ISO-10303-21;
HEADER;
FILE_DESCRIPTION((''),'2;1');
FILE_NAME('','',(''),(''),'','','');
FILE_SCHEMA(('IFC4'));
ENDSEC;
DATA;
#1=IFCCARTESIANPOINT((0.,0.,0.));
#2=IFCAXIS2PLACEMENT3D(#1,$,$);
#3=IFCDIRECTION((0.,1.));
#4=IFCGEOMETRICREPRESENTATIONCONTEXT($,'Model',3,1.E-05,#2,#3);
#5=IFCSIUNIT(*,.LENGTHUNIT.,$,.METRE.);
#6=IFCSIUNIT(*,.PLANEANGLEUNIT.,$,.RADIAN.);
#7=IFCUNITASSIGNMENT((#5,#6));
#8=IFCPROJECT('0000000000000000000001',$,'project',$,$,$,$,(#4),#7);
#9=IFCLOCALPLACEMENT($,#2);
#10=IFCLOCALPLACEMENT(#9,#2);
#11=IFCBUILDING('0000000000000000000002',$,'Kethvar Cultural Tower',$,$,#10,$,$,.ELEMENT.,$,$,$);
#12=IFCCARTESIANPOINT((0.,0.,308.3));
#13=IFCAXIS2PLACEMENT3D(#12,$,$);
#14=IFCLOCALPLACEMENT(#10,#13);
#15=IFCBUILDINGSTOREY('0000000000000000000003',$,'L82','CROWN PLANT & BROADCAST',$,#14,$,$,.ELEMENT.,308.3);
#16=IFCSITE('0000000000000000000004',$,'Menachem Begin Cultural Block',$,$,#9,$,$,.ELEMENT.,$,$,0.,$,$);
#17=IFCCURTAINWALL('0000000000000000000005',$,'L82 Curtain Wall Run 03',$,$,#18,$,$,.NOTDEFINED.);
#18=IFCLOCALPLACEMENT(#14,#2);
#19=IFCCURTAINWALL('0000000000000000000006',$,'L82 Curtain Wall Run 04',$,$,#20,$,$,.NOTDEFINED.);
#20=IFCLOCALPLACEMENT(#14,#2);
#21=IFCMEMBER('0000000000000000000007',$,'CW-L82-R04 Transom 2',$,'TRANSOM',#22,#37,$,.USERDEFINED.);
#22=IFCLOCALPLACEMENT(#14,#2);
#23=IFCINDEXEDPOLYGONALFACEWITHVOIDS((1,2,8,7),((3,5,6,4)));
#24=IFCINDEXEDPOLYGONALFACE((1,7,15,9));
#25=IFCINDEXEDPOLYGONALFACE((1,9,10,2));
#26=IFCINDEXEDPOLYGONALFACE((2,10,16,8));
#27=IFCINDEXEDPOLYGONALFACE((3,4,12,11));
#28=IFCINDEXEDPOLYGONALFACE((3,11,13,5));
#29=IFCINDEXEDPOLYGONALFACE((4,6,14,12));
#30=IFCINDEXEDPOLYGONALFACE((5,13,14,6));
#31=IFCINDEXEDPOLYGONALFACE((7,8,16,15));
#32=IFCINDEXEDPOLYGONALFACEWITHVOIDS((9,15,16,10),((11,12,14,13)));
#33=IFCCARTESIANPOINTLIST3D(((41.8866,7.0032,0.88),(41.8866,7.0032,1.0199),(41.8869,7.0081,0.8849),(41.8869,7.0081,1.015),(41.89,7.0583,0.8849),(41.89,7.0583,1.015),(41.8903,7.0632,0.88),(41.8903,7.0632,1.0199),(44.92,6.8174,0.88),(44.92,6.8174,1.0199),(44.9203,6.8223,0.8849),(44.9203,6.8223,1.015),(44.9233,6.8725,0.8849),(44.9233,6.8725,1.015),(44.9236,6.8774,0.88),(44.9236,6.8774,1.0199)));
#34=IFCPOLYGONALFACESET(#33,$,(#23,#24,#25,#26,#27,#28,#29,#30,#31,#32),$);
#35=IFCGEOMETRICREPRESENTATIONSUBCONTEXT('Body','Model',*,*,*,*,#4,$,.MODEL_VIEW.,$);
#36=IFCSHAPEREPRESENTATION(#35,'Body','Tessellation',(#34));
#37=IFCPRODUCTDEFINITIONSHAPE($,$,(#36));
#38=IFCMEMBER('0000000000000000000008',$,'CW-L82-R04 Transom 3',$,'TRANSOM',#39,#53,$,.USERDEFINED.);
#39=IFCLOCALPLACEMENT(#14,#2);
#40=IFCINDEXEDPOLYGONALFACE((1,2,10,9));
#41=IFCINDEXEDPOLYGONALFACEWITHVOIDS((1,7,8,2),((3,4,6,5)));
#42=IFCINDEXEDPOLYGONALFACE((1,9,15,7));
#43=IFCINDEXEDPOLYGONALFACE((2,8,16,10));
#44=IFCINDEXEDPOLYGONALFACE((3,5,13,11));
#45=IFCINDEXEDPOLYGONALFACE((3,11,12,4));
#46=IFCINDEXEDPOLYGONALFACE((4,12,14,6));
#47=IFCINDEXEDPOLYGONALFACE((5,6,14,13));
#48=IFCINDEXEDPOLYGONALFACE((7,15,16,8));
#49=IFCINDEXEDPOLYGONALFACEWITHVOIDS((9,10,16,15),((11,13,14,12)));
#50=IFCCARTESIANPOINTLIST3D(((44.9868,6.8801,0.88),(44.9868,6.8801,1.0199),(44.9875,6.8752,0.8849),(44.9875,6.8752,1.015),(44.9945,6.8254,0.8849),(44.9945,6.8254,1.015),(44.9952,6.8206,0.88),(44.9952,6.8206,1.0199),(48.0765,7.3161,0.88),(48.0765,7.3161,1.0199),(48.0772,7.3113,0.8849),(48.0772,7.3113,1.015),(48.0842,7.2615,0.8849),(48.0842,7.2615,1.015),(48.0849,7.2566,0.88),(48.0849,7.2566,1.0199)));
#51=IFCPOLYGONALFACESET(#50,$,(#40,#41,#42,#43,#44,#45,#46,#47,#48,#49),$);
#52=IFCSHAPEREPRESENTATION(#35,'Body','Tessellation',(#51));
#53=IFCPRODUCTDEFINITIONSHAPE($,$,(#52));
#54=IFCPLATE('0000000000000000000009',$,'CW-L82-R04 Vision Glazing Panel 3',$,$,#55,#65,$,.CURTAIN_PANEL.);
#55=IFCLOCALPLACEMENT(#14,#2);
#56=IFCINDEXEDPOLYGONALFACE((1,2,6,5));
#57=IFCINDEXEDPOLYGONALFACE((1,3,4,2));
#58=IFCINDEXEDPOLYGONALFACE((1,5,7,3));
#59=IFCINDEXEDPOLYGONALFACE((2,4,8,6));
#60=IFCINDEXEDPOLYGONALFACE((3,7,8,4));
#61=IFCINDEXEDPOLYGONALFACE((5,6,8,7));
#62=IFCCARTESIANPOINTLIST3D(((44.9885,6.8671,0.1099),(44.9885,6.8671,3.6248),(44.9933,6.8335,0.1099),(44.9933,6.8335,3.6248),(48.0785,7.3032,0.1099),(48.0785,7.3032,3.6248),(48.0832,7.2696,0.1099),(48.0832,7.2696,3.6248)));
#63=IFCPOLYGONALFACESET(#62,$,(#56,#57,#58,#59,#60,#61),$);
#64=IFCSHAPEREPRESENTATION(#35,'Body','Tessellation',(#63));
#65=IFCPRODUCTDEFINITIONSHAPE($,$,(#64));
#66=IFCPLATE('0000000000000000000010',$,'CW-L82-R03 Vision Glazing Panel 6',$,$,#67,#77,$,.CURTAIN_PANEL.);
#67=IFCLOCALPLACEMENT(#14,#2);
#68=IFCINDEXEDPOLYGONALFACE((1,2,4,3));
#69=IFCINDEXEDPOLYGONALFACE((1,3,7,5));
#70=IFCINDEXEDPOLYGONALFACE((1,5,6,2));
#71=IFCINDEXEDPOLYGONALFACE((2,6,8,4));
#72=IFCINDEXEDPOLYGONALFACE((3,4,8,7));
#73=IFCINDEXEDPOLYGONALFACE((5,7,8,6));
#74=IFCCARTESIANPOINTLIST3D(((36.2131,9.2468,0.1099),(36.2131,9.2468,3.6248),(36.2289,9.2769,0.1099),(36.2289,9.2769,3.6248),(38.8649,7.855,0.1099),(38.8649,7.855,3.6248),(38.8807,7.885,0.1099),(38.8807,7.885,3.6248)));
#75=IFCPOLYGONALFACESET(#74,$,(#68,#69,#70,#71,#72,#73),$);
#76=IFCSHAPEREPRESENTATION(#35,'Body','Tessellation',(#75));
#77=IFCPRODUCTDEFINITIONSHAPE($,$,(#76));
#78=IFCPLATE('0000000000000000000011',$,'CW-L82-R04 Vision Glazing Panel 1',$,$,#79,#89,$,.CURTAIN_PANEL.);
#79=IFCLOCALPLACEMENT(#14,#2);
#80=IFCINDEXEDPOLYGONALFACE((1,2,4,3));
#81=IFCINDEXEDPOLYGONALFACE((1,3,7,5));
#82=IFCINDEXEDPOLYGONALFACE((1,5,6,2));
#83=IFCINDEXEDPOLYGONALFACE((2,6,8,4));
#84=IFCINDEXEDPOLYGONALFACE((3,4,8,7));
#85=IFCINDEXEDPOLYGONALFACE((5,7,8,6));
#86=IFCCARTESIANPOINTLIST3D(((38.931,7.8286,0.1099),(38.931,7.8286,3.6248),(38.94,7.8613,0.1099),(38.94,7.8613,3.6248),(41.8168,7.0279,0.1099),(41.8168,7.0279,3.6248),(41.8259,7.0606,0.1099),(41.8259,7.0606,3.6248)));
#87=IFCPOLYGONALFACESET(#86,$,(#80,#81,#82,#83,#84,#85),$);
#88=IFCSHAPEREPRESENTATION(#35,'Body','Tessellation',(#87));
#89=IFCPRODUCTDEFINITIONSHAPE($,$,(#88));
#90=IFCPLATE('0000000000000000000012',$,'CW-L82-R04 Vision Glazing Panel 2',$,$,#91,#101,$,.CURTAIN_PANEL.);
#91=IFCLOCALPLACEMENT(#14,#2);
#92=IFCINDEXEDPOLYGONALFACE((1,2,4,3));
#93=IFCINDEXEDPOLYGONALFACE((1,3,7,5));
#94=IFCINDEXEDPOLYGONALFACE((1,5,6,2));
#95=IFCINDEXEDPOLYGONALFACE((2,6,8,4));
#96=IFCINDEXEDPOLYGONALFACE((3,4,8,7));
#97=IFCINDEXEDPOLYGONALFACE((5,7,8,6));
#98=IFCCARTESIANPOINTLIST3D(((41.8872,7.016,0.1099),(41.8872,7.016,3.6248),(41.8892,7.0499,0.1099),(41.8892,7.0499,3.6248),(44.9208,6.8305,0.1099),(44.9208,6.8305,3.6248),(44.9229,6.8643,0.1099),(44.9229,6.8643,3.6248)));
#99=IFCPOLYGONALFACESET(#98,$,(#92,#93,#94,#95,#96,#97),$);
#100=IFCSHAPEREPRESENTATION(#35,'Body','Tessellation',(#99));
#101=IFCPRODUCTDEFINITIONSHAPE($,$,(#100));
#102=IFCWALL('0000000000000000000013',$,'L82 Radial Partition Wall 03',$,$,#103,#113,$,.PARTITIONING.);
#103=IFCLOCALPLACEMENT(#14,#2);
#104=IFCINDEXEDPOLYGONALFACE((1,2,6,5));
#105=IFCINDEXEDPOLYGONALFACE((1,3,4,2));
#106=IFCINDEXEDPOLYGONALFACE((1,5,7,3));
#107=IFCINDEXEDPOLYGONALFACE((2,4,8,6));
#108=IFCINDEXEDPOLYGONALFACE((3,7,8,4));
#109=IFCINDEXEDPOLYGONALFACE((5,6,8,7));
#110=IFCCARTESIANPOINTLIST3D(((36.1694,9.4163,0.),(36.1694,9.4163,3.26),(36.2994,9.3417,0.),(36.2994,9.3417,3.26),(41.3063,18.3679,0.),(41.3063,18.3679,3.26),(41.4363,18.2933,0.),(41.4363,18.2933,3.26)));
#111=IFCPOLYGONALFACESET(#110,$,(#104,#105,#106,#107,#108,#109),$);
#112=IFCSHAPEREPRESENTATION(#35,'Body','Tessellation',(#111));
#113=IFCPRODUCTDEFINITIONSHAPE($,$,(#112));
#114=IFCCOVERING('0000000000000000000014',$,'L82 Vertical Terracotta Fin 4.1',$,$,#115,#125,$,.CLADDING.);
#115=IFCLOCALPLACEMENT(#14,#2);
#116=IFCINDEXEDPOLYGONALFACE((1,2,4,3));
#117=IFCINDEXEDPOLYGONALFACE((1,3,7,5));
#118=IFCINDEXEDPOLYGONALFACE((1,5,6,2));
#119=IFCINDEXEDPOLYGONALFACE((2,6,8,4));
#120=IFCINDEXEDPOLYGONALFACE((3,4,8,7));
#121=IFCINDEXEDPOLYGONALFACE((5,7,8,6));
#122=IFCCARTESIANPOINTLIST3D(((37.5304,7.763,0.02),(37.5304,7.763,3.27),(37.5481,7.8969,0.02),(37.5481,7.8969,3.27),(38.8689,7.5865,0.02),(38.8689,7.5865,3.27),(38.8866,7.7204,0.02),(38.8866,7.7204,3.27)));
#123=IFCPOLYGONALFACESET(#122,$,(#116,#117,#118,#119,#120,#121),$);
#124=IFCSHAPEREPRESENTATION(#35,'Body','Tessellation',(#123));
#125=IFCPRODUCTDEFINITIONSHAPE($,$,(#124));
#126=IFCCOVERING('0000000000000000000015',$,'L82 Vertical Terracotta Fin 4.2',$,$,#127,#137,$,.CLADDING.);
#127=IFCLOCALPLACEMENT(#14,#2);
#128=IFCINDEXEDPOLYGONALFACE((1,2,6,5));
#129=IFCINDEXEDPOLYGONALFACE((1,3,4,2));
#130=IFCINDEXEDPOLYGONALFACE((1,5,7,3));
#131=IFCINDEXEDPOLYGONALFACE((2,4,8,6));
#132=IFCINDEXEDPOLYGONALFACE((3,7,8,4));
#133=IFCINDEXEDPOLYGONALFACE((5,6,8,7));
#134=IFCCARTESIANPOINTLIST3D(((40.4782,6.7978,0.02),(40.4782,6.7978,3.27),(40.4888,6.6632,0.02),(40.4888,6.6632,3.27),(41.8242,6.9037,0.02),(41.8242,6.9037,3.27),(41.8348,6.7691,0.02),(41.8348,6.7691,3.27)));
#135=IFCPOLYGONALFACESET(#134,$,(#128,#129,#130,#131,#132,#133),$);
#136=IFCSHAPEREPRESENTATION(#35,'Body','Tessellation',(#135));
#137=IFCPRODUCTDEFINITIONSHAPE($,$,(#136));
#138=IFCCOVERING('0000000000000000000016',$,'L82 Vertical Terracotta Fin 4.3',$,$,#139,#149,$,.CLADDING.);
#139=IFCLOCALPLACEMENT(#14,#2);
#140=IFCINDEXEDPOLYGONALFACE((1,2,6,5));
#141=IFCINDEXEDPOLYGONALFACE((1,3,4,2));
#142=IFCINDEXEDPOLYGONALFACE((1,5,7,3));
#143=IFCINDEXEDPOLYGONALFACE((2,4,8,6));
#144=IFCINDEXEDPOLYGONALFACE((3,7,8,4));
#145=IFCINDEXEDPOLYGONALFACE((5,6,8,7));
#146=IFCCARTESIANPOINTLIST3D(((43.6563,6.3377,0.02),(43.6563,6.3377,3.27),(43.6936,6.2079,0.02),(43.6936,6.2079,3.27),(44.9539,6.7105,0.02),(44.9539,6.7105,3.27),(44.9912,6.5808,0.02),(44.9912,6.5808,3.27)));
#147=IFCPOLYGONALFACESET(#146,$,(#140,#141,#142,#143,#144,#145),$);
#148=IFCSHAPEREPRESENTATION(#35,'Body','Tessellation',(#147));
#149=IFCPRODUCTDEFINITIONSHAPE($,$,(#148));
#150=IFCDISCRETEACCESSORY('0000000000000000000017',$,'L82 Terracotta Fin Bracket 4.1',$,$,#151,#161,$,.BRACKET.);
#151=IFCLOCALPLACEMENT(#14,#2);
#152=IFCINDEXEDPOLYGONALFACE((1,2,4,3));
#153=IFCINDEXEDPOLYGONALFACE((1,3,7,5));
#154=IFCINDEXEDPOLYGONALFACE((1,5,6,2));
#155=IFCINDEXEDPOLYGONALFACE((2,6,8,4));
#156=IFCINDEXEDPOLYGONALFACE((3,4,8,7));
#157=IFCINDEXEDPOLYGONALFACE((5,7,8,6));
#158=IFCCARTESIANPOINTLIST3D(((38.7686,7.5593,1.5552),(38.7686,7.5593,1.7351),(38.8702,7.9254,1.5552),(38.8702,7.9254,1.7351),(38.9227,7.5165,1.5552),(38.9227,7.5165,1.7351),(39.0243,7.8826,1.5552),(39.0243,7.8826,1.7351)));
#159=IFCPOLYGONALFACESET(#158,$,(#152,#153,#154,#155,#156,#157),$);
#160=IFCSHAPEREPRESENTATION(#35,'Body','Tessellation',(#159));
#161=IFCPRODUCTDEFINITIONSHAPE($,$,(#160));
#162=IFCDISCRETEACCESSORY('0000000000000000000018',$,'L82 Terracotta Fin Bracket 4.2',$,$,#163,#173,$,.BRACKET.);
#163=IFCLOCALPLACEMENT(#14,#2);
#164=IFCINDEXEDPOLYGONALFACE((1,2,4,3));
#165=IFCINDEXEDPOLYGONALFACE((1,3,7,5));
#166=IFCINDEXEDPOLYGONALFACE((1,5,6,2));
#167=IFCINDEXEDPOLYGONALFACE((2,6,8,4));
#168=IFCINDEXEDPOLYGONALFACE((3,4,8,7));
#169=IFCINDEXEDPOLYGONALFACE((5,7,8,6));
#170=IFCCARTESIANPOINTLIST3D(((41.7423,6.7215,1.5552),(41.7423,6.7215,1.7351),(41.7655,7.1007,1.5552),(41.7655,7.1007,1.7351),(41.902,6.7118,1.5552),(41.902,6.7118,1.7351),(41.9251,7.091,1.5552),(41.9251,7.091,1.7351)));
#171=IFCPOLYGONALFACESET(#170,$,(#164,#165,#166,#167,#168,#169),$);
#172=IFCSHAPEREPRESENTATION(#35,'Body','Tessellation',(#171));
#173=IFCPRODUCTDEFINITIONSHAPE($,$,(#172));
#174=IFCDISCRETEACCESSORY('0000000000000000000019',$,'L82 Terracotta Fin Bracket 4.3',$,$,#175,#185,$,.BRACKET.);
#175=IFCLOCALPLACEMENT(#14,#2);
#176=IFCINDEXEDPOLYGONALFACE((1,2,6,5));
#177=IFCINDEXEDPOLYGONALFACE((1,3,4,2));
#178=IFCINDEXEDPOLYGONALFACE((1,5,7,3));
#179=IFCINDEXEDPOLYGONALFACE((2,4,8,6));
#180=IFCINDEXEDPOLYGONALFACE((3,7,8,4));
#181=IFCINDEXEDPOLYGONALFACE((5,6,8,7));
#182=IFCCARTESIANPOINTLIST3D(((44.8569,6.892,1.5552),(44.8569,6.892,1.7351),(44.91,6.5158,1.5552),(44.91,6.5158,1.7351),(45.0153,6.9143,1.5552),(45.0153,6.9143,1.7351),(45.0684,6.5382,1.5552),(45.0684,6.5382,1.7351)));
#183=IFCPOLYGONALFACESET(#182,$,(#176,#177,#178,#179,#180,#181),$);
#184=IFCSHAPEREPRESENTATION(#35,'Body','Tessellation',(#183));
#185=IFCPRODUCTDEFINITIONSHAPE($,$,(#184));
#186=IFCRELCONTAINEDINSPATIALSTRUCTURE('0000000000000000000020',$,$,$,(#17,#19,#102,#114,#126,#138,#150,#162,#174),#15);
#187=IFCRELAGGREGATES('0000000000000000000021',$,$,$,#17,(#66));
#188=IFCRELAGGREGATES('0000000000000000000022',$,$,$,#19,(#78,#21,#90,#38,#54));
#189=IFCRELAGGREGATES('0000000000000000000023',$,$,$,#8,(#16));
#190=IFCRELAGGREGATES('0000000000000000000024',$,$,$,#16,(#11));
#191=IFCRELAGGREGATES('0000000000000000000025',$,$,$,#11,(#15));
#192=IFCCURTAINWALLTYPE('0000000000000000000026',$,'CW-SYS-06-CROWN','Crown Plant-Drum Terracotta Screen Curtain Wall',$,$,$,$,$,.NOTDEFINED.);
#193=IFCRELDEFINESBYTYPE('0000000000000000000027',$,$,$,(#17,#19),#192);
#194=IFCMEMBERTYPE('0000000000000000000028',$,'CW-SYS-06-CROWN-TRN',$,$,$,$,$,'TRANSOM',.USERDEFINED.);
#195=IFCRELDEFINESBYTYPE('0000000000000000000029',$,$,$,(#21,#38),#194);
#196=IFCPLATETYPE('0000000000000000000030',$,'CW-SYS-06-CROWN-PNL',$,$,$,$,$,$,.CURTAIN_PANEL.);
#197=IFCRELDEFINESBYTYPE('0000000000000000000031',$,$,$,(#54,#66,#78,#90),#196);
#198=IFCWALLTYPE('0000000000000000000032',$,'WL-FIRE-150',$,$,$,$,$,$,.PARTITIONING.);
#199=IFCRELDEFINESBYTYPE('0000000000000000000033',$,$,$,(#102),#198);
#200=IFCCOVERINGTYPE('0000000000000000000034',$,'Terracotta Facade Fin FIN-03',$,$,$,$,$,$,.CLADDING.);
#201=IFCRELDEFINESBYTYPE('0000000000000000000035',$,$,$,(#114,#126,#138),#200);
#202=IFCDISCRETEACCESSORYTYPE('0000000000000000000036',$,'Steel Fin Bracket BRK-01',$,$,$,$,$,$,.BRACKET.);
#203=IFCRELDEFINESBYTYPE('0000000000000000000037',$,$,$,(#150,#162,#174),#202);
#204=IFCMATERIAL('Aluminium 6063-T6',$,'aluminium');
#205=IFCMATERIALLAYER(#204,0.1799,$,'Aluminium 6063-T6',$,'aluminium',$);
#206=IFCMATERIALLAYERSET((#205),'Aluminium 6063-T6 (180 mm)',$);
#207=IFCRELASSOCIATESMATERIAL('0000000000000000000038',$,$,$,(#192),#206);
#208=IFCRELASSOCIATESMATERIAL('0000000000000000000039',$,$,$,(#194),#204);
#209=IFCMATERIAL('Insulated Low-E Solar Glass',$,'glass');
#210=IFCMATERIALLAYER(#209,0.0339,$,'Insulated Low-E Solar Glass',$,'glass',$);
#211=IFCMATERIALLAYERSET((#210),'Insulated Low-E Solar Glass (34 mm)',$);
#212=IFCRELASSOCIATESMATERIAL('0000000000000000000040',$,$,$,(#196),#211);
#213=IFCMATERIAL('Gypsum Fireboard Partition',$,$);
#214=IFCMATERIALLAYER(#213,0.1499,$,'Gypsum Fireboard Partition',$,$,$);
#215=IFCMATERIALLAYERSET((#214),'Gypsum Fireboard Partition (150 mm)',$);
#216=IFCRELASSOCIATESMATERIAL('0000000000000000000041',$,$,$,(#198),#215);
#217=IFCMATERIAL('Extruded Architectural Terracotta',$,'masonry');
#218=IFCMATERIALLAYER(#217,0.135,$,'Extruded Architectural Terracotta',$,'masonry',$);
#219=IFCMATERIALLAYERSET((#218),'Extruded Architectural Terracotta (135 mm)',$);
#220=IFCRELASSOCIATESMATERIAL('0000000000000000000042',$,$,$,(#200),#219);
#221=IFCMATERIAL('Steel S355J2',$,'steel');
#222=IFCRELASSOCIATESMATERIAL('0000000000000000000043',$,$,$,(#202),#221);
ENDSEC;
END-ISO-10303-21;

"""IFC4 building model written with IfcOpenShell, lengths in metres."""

from ifc_helpers import new_model, si_unit, direction, frame, frame_2d, origin, origin_2d, place, context, subcontext, project, spatial, rectangle, hollow_rectangle, extrude, source, transform, mapped, material, layer, layer_set, material_profile, profile_set, type_object, element, aggregate, save


model = new_model("IFC4")

# Units and contexts
model_context = context("Model", 3, precision=1e-05, world=origin(), true_north=direction((0.0, 1.0)))
body_context = subcontext(model_context, "Body", "Model", "MODEL_VIEW")
ifc_project = project(units=[si_unit("LENGTHUNIT", "METRE"), si_unit("PLANEANGLEUNIT", "RADIAN")], contexts=[model_context])

# Site, building, storey
site_placement = place(None, origin())
site = spatial("IfcSite", under=ifc_project, at=site_placement, Name="Menachem Begin Cultural Block", CompositionType="ELEMENT", RefElevation=0.0)
building_placement = place(site_placement, origin())
building = spatial("IfcBuilding", under=site, at=building_placement, Name="Kethvar Cultural Tower", CompositionType="ELEMENT")
storey_placement = place(building_placement, frame((0.0, 0.0, 308.3)))
storey = spatial("IfcBuildingStorey", under=building, at=storey_placement, Name="L82", Description="CROWN PLANT & BROADCAST", CompositionType="ELEMENT", Elevation=308.3)

# Shared definitions
ifc_material_1 = material(Name="Steel S355J2", Category="steel")

# Curtain wall
ifc_material_2 = material(Name="Aluminium 6063-T6", Category="aluminium")
ifc_layer_1 = layer(ifc_material_2, 0.1799, Name="Aluminium 6063-T6", Category="aluminium")
ifc_layer_set_1 = layer_set([ifc_layer_1], Name="Aluminium 6063-T6 (180 mm)")
curtain_wall_type = type_object("IfcCurtainWallType", Name="CW-SYS-06-CROWN", Description="Crown Plant-Drum Terracotta Screen Curtain Wall", PredefinedType="NOTDEFINED", material=ifc_layer_set_1)
curtain_wall_1_placement = place(storey_placement, origin())
curtain_wall_1 = element("IfcCurtainWall", 1, at=curtain_wall_1_placement, inside=storey, type_object=curtain_wall_type, Name="L82 Curtain Wall Run 03", PredefinedType="NOTDEFINED")

# Curtain wall, members, plate
curtain_wall_2_placement = place(storey_placement, origin())
curtain_wall_2 = element("IfcCurtainWall", 2, at=curtain_wall_2_placement, inside=storey, type_object=curtain_wall_type, Name="L82 Curtain Wall Run 04", PredefinedType="NOTDEFINED")
ifc_material_profile_1 = material_profile(ifc_material_2, hollow_rectangle(XDim=0.0601, YDim=0.1399, WallThickness=0.0049, at=origin_2d()), Name="Aluminium 6063-T6 — RHS140x60x5")
ifc_profile_set_1 = profile_set([ifc_material_profile_1], Name="Aluminium 6063-T6 — RHS140x60x5")
member_type_1 = type_object("IfcMemberType", Name="CW-SYS-06-CROWN-TRN", ElementType="TRANSOM", PredefinedType="USERDEFINED", material=ifc_profile_set_1)
shared_shape_1 = source(origin(), body_context, "Body", "SweptSolid", [
    extrude(hollow_rectangle(XDim=0.0601, YDim=0.1399, WallThickness=0.0049, at=origin_2d()), origin(), (0.0, 0.0, 1.0), 3.0391),
])
member_1_placement = place(storey_placement, frame((41.8884, 7.0332, 0.95), z_axis=(0.99813, -0.061133, 0.0), x_axis=(0.061133, 0.99813, 0.0)))
member_1 = element("IfcMember", 3, at=member_1_placement, type_object=member_type_1, Name="CW-L82-R04 Transom 2", ObjectType="TRANSOM", PredefinedType="USERDEFINED", context=body_context, shape_type="MappedRepresentation", body=[
    mapped(shared_shape_1, transform((0.0, 0.0, 0.0), scale=1.0)),
])
shared_shape_2 = source(origin(), body_context, "Body", "SweptSolid", [
    extrude(hollow_rectangle(XDim=0.0601, YDim=0.1399, WallThickness=0.0049, at=origin_2d()), origin(), (0.0, 0.0, 1.0), 3.1204),
])
member_2_placement = place(storey_placement, frame((44.991, 6.8503, 0.95), z_axis=(0.990189, 0.139734, 0.0), x_axis=(-0.139734, 0.990189, 0.0)))
member_2 = element("IfcMember", 4, at=member_2_placement, type_object=member_type_1, Name="CW-L82-R04 Transom 3", ObjectType="TRANSOM", PredefinedType="USERDEFINED", context=body_context, shape_type="MappedRepresentation", body=[
    mapped(shared_shape_2, transform((0.0, 0.0, 0.0), scale=1.0)),
])
ifc_material_3 = material(Name="Insulated Low-E Solar Glass", Category="glass")
ifc_layer_2 = layer(ifc_material_3, 0.0339, Name="Insulated Low-E Solar Glass", Category="glass")
ifc_layer_set_2 = layer_set([ifc_layer_2], Name="Insulated Low-E Solar Glass (34 mm)")
plate_type = type_object("IfcPlateType", Name="CW-SYS-06-CROWN-PNL", PredefinedType="CURTAIN_PANEL", material=ifc_layer_set_2)
shared_shape_3 = source(origin(), body_context, "Body", "SweptSolid", [
    extrude(rectangle(XDim=3.1206, YDim=0.0339, at=origin_2d()), origin(), (0.0, 0.0, 1.0), 3.5149),
])
plate_1_placement = place(storey_placement, frame((46.5359, 7.0684, 0.1099), z_axis=(0.0, 0.0, 1.0), x_axis=(0.990185, 0.139761, 0.0)))
plate_1 = element("IfcPlate", 5, at=plate_1_placement, type_object=plate_type, Name="CW-L82-R04 Vision Glazing Panel 3", PredefinedType="CURTAIN_PANEL", context=body_context, shape_type="MappedRepresentation", body=[
    mapped(shared_shape_3, transform((0.0, 0.0, 0.0), scale=1.0)),
])

# Plates
shared_shape_4 = source(origin(), body_context, "Body", "SweptSolid", [
    extrude(rectangle(XDim=2.9949, YDim=0.0339, at=origin_2d()), origin(), (0.0, 0.0, 1.0), 3.5149),
])
plate_2_placement = place(storey_placement, frame((37.5469, 8.5659, 0.1099), z_axis=(0.0, 0.0, 1.0), x_axis=(0.88545, -0.464734, 0.0)))
plate_2 = element("IfcPlate", 6, at=plate_2_placement, type_object=plate_type, Name="CW-L82-R03 Vision Glazing Panel 6", PredefinedType="CURTAIN_PANEL", context=body_context, shape_type="MappedRepresentation", body=[
    mapped(shared_shape_4, transform((0.0, 0.0, 0.0), scale=1.0)),
])
aggregate(curtain_wall_1, [plate_2])
plate_3_placement = place(storey_placement, frame((40.3784, 7.4446, 0.1099), z_axis=(0.0, 0.0, 1.0), x_axis=(0.963598, -0.267356, 0.0)))
plate_3 = element("IfcPlate", 7, at=plate_3_placement, type_object=plate_type, Name="CW-L82-R04 Vision Glazing Panel 1", PredefinedType="CURTAIN_PANEL", context=body_context, shape_type="MappedRepresentation", body=[
    mapped(shared_shape_4, transform((0.0, 0.0, 0.0), scale=1.0)),
])
shared_shape_5 = source(origin(), body_context, "Body", "SweptSolid", [
    extrude(rectangle(XDim=3.0393, YDim=0.0339, at=origin_2d()), origin(), (0.0, 0.0, 1.0), 3.5149),
])
plate_4_placement = place(storey_placement, frame((43.405, 6.9402, 0.1099), z_axis=(0.0, 0.0, 1.0), x_axis=(0.998134, -0.061066, 0.0)))
plate_4 = element("IfcPlate", 8, at=plate_4_placement, type_object=plate_type, Name="CW-L82-R04 Vision Glazing Panel 2", PredefinedType="CURTAIN_PANEL", context=body_context, shape_type="MappedRepresentation", body=[
    mapped(shared_shape_5, transform((0.0, 0.0, 0.0), scale=1.0)),
])
aggregate(curtain_wall_2, [plate_3, member_1, plate_4, member_2, plate_1])

# Wall
ifc_material_4 = material(Name="Gypsum Fireboard Partition")
ifc_layer_3 = layer(ifc_material_4, 0.1499, Name="Gypsum Fireboard Partition")
ifc_layer_set_3 = layer_set([ifc_layer_3], Name="Gypsum Fireboard Partition (150 mm)")
wall_type_1 = type_object("IfcWallType", Name="WL-FIRE-150", PredefinedType="PARTITIONING", material=ifc_layer_set_3)
wall_1_placement = place(storey_placement, frame((41.3713, 18.3306, 0.0), z_axis=(0.0, 0.0, 1.0), x_axis=(-0.497725, -0.867335, 0.0)))
element("IfcWall", 9, at=wall_1_placement, inside=storey, type_object=wall_type_1, Name="L82 Radial Partition Wall 03", PredefinedType="PARTITIONING", context=body_context, shape_type="SweptSolid", body=[
    extrude(rectangle(XDim=10.3208, YDim=0.1499, at=frame_2d((5.1604, 0.0))), origin(), (0.0, 0.0, 1.0), 3.26),
])

# Coverings
ifc_material_5 = material(Name="Extruded Architectural Terracotta", Category="masonry")
ifc_layer_4 = layer(ifc_material_5, 0.135, Name="Extruded Architectural Terracotta", Category="masonry")
ifc_layer_set_4 = layer_set([ifc_layer_4], Name="Extruded Architectural Terracotta (135 mm)")
covering_type = type_object("IfcCoveringType", Name="Terracotta Facade Fin FIN-03", PredefinedType="CLADDING", material=ifc_layer_set_4)
shared_shape_6 = source(origin(), body_context, "Body", "SweptSolid", [
    extrude(rectangle(XDim=1.3501, YDim=0.135, at=origin_2d()), origin(), (0.0, 0.0, 1.0), 3.25),
])
for number, where, z_axis, x_axis, name in (
    (10, (38.2085, 7.7417, 0.02), (0.0, 0.0, 1.0), (-0.991422, 0.130699, 0.0), "L82 Vertical Terracotta Fin 4.1"),
    (11, (41.1565, 6.7834, 0.02), (0.0, 0.0, 1.0), (-0.996917, -0.078459, 0.0), "L82 Vertical Terracotta Fin 4.2"),
    (12, (44.3237, 6.4592, 0.02), (0.0, 0.0, 1.0), (-0.961117, -0.276141, 0.0), "L82 Vertical Terracotta Fin 4.3"),
):
    element("IfcCovering", number, at=place(storey_placement, frame(where, z_axis=z_axis, x_axis=x_axis)), inside=storey, type_object=covering_type, Name=name, PredefinedType="CLADDING", context=body_context, shape_type="MappedRepresentation", body=[
        mapped(shared_shape_6, transform((0.0, 0.0, 0.0), scale=1.0)),
    ])

# Discrete accessories
discrete_accessory_type = type_object("IfcDiscreteAccessoryType", Name="Steel Fin Bracket BRK-01", PredefinedType="BRACKET", material=ifc_material_1)
shared_shape_7 = source(origin(), body_context, "Body", "SweptSolid", [
    extrude(rectangle(XDim=0.3799, YDim=0.1599, at=origin_2d()), origin(), (0.0, 0.0, 1.0), 0.1799),
])
for number, where, z_axis, x_axis, name in (
    (13, (38.8965, 7.7209, 1.5552), (0.0, 0.0, 1.0), (-0.267407, -0.963584, 0.0), "L82 Terracotta Fin Bracket 4.1"),
    (14, (41.8337, 6.9062, 1.5552), (0.0, 0.0, 1.0), (-0.061049, -0.998135, 0.0), "L82 Terracotta Fin Bracket 4.2"),
    (15, (44.9626, 6.7151, 1.5552), (0.0, 0.0, 1.0), (0.139692, -0.990195, 0.0), "L82 Terracotta Fin Bracket 4.3"),
):
    element("IfcDiscreteAccessory", number, at=place(storey_placement, frame(where, z_axis=z_axis, x_axis=x_axis)), inside=storey, type_object=discrete_accessory_type, Name=name, PredefinedType="BRACKET", context=body_context, shape_type="MappedRepresentation", body=[
        mapped(shared_shape_7, transform((0.0, 0.0, 0.0), scale=1.0)),
    ])

save(model, "model.ifc")
